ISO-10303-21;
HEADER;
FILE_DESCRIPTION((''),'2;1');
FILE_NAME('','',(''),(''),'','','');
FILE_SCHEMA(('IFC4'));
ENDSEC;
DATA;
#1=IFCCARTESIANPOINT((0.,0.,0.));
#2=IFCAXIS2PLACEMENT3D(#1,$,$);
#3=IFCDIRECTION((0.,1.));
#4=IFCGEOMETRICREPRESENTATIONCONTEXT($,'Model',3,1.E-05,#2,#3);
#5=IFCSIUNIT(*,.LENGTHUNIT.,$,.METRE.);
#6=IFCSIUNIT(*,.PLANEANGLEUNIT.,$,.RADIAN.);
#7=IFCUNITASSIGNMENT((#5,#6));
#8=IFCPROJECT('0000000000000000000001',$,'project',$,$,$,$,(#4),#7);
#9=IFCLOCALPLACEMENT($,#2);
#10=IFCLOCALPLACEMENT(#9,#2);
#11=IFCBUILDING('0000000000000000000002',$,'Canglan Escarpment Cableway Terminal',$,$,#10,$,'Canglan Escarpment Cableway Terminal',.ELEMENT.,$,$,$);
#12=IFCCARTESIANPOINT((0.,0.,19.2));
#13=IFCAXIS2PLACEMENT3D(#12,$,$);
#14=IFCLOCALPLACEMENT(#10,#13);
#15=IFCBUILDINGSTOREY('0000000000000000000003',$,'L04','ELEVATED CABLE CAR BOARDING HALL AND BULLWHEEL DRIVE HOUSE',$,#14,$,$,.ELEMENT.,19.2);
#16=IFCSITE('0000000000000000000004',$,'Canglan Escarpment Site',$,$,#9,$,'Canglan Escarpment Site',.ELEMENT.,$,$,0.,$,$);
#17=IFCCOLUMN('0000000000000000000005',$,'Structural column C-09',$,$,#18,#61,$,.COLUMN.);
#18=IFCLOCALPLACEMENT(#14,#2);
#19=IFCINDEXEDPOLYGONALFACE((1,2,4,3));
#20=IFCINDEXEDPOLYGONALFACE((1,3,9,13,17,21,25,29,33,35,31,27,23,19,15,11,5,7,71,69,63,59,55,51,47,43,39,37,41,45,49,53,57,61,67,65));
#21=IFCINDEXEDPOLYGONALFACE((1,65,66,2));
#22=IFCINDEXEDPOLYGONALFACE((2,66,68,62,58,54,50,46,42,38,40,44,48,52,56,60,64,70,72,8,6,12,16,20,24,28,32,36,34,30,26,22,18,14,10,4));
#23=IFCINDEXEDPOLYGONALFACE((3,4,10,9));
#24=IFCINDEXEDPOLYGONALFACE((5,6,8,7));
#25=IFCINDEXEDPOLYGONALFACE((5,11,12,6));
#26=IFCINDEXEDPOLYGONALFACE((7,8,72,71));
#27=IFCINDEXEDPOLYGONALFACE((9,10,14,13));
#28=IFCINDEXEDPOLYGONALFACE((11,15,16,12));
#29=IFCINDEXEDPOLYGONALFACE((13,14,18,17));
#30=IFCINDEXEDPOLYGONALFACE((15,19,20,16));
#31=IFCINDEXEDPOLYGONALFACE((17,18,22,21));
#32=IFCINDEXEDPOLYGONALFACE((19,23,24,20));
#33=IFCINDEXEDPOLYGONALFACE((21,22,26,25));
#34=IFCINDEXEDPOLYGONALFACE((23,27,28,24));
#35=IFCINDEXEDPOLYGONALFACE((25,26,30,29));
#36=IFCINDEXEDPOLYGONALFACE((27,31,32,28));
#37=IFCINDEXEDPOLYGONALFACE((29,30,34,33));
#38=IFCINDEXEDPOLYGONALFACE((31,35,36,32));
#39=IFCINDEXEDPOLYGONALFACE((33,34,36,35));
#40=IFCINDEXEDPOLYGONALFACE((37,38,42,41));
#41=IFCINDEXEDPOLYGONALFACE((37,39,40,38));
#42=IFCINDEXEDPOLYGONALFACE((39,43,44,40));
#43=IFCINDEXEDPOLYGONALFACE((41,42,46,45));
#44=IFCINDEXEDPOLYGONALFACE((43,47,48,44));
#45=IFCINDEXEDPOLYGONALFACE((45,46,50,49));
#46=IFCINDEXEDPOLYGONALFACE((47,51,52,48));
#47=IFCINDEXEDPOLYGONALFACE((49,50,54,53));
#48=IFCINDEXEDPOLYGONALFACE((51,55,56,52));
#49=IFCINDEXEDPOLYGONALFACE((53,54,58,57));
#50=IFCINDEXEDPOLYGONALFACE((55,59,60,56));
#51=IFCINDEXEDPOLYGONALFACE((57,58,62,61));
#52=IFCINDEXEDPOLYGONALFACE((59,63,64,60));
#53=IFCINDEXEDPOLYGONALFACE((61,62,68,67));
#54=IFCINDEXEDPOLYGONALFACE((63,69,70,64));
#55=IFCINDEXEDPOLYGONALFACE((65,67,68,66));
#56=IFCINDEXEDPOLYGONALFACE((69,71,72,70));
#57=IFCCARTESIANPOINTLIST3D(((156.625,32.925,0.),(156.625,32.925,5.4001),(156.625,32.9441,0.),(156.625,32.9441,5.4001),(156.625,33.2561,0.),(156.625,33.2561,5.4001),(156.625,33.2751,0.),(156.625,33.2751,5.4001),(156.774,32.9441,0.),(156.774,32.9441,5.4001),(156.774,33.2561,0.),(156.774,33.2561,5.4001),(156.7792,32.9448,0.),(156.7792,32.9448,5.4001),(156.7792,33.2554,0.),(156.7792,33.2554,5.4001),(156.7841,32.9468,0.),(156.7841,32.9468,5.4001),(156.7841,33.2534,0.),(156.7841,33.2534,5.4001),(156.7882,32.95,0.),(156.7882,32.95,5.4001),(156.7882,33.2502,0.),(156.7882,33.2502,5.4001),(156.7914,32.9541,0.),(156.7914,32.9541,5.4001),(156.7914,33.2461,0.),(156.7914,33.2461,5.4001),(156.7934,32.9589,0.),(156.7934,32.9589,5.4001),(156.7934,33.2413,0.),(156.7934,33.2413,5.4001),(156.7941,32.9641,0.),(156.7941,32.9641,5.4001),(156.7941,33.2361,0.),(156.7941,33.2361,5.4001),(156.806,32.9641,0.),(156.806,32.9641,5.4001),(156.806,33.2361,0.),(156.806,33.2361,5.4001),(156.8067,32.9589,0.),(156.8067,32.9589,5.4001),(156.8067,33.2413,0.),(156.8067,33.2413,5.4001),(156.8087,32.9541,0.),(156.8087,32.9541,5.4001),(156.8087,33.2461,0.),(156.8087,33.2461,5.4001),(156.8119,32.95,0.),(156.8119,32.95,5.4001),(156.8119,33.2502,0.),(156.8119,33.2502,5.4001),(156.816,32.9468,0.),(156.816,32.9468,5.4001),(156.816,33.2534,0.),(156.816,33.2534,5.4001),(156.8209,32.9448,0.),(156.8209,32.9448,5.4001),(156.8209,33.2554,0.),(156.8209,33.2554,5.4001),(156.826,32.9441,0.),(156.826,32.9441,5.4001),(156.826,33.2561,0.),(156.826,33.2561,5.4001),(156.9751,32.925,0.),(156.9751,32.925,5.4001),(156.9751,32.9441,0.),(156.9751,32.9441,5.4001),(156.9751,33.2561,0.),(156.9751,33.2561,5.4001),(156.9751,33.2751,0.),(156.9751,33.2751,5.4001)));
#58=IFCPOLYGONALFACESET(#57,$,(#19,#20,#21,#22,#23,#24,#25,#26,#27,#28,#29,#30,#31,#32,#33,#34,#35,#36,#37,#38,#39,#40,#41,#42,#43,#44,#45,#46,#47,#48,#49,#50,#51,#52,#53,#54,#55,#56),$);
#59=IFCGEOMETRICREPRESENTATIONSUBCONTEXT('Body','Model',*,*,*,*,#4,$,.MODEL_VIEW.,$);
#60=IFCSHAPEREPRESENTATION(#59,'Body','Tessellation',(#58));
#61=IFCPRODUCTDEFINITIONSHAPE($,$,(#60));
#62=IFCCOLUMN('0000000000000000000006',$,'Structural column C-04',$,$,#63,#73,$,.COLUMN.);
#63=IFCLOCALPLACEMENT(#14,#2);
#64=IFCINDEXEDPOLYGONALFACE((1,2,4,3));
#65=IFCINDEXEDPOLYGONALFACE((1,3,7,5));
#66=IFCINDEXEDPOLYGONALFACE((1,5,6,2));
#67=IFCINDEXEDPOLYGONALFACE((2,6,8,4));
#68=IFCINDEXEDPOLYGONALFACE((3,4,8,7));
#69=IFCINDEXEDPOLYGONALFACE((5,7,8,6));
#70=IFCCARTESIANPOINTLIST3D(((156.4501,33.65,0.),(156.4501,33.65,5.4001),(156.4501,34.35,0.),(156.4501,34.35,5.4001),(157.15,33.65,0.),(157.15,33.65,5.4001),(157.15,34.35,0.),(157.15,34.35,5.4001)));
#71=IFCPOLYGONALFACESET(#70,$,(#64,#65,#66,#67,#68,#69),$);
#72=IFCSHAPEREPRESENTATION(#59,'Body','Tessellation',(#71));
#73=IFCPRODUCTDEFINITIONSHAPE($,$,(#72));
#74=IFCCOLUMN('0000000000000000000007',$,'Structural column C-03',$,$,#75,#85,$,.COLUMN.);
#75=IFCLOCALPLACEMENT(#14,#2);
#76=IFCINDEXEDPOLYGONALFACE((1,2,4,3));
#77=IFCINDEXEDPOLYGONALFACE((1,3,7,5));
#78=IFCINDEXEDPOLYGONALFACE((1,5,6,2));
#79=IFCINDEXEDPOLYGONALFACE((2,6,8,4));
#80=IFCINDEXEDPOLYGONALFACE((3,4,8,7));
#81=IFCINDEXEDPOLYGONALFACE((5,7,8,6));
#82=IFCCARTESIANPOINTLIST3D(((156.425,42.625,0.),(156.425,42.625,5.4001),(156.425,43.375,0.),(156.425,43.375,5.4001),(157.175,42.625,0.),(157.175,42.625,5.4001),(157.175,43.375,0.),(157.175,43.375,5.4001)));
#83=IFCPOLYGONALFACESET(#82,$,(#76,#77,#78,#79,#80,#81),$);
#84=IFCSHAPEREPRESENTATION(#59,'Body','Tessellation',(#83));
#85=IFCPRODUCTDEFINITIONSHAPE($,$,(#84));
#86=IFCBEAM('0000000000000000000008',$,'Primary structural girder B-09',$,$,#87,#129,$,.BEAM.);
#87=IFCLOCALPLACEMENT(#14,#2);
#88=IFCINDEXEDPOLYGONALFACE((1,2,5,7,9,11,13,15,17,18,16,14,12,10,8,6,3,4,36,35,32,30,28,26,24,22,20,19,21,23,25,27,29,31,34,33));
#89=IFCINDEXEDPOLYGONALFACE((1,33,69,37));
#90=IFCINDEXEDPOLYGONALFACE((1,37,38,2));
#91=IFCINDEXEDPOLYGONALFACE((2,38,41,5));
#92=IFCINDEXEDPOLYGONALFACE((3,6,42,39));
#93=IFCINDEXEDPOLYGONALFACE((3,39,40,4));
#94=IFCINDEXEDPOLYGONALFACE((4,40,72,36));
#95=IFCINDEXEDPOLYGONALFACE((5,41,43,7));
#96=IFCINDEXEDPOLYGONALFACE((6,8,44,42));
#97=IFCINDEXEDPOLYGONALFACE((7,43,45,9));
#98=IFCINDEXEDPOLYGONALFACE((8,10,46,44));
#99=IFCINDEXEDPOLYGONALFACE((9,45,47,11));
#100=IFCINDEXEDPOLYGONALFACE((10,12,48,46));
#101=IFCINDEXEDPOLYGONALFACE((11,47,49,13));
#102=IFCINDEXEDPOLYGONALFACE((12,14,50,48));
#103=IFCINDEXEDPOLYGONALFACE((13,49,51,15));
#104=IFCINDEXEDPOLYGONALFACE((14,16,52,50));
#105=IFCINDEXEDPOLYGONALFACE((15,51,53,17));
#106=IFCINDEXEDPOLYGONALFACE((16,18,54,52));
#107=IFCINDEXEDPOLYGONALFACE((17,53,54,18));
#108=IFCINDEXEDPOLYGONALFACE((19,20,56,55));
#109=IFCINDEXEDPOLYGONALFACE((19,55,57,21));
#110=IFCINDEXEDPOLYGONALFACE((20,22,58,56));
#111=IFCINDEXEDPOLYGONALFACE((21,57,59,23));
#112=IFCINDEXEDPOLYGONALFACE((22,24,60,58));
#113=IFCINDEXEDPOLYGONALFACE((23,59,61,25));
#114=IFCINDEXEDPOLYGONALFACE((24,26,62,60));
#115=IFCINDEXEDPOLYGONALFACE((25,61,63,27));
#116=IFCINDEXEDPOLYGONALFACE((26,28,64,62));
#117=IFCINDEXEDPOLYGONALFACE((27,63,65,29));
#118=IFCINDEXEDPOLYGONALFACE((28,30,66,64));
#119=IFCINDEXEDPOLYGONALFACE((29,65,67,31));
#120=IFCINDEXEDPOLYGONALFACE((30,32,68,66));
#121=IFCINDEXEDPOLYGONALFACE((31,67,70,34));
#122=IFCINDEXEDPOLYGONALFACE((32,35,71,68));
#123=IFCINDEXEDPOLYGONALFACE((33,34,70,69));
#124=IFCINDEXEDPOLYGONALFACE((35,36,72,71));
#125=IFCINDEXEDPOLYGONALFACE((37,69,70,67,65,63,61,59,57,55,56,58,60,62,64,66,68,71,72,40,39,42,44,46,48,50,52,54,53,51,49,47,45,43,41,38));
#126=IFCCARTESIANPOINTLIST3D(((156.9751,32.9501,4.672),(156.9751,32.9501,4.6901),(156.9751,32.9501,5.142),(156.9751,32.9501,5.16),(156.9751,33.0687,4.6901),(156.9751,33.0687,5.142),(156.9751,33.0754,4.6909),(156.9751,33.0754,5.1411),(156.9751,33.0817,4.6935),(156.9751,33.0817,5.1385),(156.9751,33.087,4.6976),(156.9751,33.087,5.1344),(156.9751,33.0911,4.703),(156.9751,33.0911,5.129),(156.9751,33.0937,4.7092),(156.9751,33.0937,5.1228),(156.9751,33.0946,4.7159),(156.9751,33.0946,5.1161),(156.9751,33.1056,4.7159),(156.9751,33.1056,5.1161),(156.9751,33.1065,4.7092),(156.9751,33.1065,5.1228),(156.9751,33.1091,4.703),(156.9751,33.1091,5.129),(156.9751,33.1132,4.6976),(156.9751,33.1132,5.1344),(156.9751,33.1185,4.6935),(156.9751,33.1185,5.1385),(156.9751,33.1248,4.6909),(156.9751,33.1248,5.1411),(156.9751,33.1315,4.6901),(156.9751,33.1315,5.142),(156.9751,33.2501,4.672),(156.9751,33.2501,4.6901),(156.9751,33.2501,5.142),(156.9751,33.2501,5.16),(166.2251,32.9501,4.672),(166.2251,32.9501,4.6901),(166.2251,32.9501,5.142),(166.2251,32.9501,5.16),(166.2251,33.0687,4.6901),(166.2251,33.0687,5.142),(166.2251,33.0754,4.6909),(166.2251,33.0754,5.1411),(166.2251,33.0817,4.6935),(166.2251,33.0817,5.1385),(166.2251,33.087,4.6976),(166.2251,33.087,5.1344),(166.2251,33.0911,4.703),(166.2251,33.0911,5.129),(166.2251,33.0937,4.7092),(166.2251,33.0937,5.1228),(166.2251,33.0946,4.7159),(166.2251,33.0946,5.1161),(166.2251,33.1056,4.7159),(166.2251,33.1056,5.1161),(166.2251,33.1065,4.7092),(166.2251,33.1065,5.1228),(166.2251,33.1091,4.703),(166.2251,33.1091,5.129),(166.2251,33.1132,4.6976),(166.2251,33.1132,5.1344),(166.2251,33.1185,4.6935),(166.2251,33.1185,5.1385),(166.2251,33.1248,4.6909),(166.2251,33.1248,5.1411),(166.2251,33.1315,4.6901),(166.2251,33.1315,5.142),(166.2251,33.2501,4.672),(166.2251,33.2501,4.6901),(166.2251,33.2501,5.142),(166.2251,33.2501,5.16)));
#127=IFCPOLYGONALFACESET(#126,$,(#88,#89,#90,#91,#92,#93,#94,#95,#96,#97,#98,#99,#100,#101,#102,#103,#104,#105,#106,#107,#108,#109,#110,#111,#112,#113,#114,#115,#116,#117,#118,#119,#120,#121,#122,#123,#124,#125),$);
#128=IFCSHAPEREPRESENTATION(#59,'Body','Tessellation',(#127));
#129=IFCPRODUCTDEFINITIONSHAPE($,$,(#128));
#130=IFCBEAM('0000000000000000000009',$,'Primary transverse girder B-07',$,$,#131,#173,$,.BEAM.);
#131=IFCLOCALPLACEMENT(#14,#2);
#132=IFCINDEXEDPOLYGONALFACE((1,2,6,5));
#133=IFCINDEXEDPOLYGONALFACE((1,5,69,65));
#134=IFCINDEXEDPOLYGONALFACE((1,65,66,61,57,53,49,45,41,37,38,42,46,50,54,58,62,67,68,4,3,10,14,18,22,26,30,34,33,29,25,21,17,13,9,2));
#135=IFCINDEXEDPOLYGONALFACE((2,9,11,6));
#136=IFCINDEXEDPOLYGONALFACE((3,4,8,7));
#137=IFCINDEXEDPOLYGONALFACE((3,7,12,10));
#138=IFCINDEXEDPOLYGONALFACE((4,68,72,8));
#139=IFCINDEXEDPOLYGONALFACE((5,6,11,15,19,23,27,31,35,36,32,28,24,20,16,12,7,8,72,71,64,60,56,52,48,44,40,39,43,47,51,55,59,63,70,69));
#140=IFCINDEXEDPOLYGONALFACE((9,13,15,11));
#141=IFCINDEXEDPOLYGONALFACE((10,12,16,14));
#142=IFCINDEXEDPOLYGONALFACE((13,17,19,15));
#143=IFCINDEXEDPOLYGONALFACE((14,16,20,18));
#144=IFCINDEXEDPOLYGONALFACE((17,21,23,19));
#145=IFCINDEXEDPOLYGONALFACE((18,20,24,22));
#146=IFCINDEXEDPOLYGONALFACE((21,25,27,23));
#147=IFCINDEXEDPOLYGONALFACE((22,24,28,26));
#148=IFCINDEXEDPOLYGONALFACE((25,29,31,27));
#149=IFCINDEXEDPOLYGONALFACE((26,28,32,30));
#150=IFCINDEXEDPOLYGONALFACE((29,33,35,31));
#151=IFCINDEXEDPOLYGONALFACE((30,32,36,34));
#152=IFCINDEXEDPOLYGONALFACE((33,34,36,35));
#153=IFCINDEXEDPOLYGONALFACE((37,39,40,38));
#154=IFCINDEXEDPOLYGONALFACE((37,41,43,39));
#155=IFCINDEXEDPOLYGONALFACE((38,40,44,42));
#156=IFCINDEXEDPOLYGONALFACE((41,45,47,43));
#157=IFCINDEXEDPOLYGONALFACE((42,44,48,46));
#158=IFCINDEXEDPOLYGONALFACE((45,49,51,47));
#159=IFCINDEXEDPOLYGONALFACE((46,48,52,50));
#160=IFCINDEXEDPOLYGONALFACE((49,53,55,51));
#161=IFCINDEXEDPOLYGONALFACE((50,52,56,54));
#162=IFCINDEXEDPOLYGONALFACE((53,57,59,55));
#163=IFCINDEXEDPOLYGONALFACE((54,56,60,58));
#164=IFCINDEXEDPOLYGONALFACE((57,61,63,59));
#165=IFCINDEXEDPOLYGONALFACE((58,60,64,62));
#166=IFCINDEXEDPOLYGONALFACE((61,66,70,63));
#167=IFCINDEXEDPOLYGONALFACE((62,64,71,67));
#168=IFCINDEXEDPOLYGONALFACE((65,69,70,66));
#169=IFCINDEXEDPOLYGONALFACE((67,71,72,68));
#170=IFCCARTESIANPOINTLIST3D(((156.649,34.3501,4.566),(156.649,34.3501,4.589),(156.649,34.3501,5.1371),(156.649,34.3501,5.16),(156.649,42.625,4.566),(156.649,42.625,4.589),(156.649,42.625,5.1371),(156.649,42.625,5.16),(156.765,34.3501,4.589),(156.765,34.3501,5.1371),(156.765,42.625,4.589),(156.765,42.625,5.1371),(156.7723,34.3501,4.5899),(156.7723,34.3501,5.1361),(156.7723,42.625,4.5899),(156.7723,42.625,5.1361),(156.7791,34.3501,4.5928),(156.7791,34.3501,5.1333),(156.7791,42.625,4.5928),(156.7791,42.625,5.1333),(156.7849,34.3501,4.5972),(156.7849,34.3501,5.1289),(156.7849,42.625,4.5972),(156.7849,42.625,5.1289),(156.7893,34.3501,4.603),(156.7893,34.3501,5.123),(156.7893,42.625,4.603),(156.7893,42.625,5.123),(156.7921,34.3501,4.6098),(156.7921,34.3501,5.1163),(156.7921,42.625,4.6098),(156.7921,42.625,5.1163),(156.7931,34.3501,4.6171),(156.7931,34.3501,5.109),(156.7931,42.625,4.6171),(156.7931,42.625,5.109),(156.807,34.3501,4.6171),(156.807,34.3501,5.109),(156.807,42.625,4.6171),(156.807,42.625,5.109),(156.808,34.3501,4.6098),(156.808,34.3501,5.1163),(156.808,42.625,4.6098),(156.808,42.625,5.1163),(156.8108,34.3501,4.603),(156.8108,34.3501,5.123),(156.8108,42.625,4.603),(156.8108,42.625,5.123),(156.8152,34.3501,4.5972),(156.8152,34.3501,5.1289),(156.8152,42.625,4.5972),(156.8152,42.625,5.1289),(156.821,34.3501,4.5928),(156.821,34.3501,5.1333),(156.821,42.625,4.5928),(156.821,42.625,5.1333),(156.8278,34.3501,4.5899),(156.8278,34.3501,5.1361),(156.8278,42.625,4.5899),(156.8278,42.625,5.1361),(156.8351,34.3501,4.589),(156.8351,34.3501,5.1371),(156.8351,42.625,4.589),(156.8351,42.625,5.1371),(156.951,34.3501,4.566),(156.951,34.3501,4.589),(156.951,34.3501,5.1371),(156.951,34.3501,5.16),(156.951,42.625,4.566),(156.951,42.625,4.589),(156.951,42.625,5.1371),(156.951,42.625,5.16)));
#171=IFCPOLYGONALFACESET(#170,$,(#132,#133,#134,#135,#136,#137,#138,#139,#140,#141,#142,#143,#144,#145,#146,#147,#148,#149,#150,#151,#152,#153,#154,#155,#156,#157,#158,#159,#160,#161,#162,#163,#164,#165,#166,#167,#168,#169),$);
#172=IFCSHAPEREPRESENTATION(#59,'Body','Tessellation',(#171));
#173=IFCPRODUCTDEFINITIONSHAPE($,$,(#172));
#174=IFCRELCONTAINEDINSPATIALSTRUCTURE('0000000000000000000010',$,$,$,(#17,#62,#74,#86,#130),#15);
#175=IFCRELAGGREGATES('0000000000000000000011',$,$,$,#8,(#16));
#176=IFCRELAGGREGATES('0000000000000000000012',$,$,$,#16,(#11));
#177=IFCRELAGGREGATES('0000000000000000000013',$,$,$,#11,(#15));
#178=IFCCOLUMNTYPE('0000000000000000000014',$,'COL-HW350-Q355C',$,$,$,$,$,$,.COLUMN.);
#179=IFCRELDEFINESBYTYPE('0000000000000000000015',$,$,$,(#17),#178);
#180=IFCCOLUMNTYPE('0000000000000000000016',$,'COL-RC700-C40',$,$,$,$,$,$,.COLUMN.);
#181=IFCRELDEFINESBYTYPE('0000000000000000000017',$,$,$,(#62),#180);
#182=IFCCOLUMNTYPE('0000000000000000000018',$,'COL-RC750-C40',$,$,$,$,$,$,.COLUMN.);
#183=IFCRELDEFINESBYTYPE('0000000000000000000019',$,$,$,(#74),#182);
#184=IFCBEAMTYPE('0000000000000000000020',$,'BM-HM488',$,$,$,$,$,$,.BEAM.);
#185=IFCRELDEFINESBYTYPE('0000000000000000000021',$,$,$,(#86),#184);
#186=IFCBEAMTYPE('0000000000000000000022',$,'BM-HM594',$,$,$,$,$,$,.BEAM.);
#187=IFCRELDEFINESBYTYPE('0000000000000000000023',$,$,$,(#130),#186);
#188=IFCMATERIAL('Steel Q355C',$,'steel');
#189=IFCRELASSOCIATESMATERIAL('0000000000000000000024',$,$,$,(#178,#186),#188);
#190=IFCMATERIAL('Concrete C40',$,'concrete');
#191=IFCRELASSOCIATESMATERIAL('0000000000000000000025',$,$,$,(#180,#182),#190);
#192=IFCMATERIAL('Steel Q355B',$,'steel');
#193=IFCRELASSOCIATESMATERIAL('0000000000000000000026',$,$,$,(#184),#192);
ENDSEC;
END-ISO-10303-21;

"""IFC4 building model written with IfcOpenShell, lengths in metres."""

from ifc_helpers import new_model, si_unit, direction, frame, origin, origin_2d, place, context, subcontext, project, spatial, rectangle, i_section, extrude, material, material_profile, profile_set, type_object, element, save


model = new_model("IFC4")

# Units and contexts
model_context = context("Model", 3, precision=1e-05, world=origin(), true_north=direction((0.0, 1.0)))
body_context = subcontext(model_context, "Body", "Model", "MODEL_VIEW")
ifc_project = project(units=[si_unit("LENGTHUNIT", "METRE"), si_unit("PLANEANGLEUNIT", "RADIAN")], contexts=[model_context])

# Site, building, storey
site_placement = place(None, origin())
site = spatial("IfcSite", under=ifc_project, at=site_placement, Name="Canglan Escarpment Site", LongName="Canglan Escarpment Site", CompositionType="ELEMENT", RefElevation=0.0)
building_placement = place(site_placement, origin())
building = spatial("IfcBuilding", under=site, at=building_placement, Name="Canglan Escarpment Cableway Terminal", LongName="Canglan Escarpment Cableway Terminal", CompositionType="ELEMENT")
storey_placement = place(building_placement, frame((0.0, 0.0, 19.2)))
storey = spatial("IfcBuildingStorey", under=building, at=storey_placement, Name="L04", Description="ELEVATED CABLE CAR BOARDING HALL AND BULLWHEEL DRIVE HOUSE", CompositionType="ELEMENT", Elevation=19.2)

# Columns
ifc_material_1 = material(Name="Steel Q355C", Category="steel")
ifc_material_profile_1 = material_profile(ifc_material_1, i_section(OverallWidth=0.3501, OverallDepth=0.3501, WebThickness=0.012, FlangeThickness=0.019, FilletRadius=0.02, at=origin_2d()), Name="HW 350x350x12x19")
ifc_profile_set_1 = profile_set([ifc_material_profile_1], Name="Steel Q355C")
column_type_1 = type_object("IfcColumnType", Name="COL-HW350-Q355C", PredefinedType="COLUMN", material=ifc_profile_set_1)
column_1_placement = place(storey_placement, frame((156.8, 33.1001, 0.0), z_axis=(0.0, 0.0, 1.0), x_axis=(1.0, 0.0, 0.0)))
element("IfcColumn", 1, at=column_1_placement, inside=storey, type_object=column_type_1, Name="Structural column C-09", PredefinedType="COLUMN", context=body_context, shape_type="SweptSolid", body=[
    extrude(i_section(OverallWidth=0.3501, OverallDepth=0.3501, WebThickness=0.012, FlangeThickness=0.019, FilletRadius=0.02, at=origin_2d()), origin(), (0.0, 0.0, 1.0), 5.4001),
])
ifc_material_2 = material(Name="Concrete C40", Category="concrete")
ifc_material_profile_2 = material_profile(ifc_material_2, rectangle(XDim=0.7, YDim=0.7, at=origin_2d()), Name="RC 700x700")
ifc_profile_set_2 = profile_set([ifc_material_profile_2], Name="Concrete C40")
column_type_2 = type_object("IfcColumnType", Name="COL-RC700-C40", PredefinedType="COLUMN", material=ifc_profile_set_2)
column_2_placement = place(storey_placement, frame((156.8, 34.0, 0.0), z_axis=(0.0, 0.0, 1.0), x_axis=(1.0, 0.0, 0.0)))
element("IfcColumn", 2, at=column_2_placement, inside=storey, type_object=column_type_2, Name="Structural column C-04", PredefinedType="COLUMN", context=body_context, shape_type="SweptSolid", body=[
    extrude(rectangle(XDim=0.7, YDim=0.7, at=origin_2d()), origin(), (0.0, 0.0, 1.0), 5.4001),
])
ifc_material_profile_3 = material_profile(ifc_material_2, rectangle(XDim=0.75, YDim=0.75, at=origin_2d()), Name="RC 750x750")
ifc_profile_set_3 = profile_set([ifc_material_profile_3], Name="Concrete C40")
column_type_3 = type_object("IfcColumnType", Name="COL-RC750-C40", PredefinedType="COLUMN", material=ifc_profile_set_3)
column_3_placement = place(storey_placement, frame((156.8, 43.0, 0.0), z_axis=(0.0, 0.0, 1.0), x_axis=(1.0, 0.0, 0.0)))
element("IfcColumn", 3, at=column_3_placement, inside=storey, type_object=column_type_3, Name="Structural column C-03", PredefinedType="COLUMN", context=body_context, shape_type="SweptSolid", body=[
    extrude(rectangle(XDim=0.75, YDim=0.75, at=origin_2d()), origin(), (0.0, 0.0, 1.0), 5.4001),
])

# Beams
ifc_material_3 = material(Name="Steel Q355B", Category="steel")
ifc_material_profile_4 = material_profile(ifc_material_3, i_section(OverallWidth=0.3, OverallDepth=0.488, WebThickness=0.011, FlangeThickness=0.0181, FilletRadius=0.0259, at=origin_2d()), Name="HM 488x300x11x18")
ifc_profile_set_4 = profile_set([ifc_material_profile_4], Name="Steel Q355B")
beam_type_1 = type_object("IfcBeamType", Name="BM-HM488", PredefinedType="BEAM", material=ifc_profile_set_4)
beam_1_placement = place(storey_placement, frame((156.9751, 33.1001, 4.916), z_axis=(1.0, 0.0, 0.0), x_axis=(0.0, 1.0, 0.0)))
element("IfcBeam", 4, at=beam_1_placement, inside=storey, type_object=beam_type_1, Name="Primary structural girder B-09", PredefinedType="BEAM", context=body_context, shape_type="SweptSolid", body=[
    extrude(i_section(OverallWidth=0.3, OverallDepth=0.488, WebThickness=0.011, FlangeThickness=0.0181, FilletRadius=0.0259, at=origin_2d()), origin(), (0.0, 0.0, 1.0), 9.25),
])
ifc_material_profile_5 = material_profile(ifc_material_1, i_section(OverallWidth=0.302, OverallDepth=0.594, WebThickness=0.0139, FlangeThickness=0.0229, FilletRadius=0.0281, at=origin_2d()), Name="HM 594x302x14x23")
ifc_profile_set_5 = profile_set([ifc_material_profile_5], Name="Steel Q355C")
beam_type_2 = type_object("IfcBeamType", Name="BM-HM594", PredefinedType="BEAM", material=ifc_profile_set_5)
beam_2_placement = place(storey_placement, frame((156.8, 34.3501, 4.863), z_axis=(0.0, 1.0, 0.0), x_axis=(-1.0, 0.0, 0.0)))
element("IfcBeam", 5, at=beam_2_placement, inside=storey, type_object=beam_type_2, Name="Primary transverse girder B-07", PredefinedType="BEAM", context=body_context, shape_type="SweptSolid", body=[
    extrude(i_section(OverallWidth=0.302, OverallDepth=0.594, WebThickness=0.0139, FlangeThickness=0.0229, FilletRadius=0.0281, at=origin_2d()), origin(), (0.0, 0.0, 1.0), 8.2749),
])

save(model, "model.ifc")
